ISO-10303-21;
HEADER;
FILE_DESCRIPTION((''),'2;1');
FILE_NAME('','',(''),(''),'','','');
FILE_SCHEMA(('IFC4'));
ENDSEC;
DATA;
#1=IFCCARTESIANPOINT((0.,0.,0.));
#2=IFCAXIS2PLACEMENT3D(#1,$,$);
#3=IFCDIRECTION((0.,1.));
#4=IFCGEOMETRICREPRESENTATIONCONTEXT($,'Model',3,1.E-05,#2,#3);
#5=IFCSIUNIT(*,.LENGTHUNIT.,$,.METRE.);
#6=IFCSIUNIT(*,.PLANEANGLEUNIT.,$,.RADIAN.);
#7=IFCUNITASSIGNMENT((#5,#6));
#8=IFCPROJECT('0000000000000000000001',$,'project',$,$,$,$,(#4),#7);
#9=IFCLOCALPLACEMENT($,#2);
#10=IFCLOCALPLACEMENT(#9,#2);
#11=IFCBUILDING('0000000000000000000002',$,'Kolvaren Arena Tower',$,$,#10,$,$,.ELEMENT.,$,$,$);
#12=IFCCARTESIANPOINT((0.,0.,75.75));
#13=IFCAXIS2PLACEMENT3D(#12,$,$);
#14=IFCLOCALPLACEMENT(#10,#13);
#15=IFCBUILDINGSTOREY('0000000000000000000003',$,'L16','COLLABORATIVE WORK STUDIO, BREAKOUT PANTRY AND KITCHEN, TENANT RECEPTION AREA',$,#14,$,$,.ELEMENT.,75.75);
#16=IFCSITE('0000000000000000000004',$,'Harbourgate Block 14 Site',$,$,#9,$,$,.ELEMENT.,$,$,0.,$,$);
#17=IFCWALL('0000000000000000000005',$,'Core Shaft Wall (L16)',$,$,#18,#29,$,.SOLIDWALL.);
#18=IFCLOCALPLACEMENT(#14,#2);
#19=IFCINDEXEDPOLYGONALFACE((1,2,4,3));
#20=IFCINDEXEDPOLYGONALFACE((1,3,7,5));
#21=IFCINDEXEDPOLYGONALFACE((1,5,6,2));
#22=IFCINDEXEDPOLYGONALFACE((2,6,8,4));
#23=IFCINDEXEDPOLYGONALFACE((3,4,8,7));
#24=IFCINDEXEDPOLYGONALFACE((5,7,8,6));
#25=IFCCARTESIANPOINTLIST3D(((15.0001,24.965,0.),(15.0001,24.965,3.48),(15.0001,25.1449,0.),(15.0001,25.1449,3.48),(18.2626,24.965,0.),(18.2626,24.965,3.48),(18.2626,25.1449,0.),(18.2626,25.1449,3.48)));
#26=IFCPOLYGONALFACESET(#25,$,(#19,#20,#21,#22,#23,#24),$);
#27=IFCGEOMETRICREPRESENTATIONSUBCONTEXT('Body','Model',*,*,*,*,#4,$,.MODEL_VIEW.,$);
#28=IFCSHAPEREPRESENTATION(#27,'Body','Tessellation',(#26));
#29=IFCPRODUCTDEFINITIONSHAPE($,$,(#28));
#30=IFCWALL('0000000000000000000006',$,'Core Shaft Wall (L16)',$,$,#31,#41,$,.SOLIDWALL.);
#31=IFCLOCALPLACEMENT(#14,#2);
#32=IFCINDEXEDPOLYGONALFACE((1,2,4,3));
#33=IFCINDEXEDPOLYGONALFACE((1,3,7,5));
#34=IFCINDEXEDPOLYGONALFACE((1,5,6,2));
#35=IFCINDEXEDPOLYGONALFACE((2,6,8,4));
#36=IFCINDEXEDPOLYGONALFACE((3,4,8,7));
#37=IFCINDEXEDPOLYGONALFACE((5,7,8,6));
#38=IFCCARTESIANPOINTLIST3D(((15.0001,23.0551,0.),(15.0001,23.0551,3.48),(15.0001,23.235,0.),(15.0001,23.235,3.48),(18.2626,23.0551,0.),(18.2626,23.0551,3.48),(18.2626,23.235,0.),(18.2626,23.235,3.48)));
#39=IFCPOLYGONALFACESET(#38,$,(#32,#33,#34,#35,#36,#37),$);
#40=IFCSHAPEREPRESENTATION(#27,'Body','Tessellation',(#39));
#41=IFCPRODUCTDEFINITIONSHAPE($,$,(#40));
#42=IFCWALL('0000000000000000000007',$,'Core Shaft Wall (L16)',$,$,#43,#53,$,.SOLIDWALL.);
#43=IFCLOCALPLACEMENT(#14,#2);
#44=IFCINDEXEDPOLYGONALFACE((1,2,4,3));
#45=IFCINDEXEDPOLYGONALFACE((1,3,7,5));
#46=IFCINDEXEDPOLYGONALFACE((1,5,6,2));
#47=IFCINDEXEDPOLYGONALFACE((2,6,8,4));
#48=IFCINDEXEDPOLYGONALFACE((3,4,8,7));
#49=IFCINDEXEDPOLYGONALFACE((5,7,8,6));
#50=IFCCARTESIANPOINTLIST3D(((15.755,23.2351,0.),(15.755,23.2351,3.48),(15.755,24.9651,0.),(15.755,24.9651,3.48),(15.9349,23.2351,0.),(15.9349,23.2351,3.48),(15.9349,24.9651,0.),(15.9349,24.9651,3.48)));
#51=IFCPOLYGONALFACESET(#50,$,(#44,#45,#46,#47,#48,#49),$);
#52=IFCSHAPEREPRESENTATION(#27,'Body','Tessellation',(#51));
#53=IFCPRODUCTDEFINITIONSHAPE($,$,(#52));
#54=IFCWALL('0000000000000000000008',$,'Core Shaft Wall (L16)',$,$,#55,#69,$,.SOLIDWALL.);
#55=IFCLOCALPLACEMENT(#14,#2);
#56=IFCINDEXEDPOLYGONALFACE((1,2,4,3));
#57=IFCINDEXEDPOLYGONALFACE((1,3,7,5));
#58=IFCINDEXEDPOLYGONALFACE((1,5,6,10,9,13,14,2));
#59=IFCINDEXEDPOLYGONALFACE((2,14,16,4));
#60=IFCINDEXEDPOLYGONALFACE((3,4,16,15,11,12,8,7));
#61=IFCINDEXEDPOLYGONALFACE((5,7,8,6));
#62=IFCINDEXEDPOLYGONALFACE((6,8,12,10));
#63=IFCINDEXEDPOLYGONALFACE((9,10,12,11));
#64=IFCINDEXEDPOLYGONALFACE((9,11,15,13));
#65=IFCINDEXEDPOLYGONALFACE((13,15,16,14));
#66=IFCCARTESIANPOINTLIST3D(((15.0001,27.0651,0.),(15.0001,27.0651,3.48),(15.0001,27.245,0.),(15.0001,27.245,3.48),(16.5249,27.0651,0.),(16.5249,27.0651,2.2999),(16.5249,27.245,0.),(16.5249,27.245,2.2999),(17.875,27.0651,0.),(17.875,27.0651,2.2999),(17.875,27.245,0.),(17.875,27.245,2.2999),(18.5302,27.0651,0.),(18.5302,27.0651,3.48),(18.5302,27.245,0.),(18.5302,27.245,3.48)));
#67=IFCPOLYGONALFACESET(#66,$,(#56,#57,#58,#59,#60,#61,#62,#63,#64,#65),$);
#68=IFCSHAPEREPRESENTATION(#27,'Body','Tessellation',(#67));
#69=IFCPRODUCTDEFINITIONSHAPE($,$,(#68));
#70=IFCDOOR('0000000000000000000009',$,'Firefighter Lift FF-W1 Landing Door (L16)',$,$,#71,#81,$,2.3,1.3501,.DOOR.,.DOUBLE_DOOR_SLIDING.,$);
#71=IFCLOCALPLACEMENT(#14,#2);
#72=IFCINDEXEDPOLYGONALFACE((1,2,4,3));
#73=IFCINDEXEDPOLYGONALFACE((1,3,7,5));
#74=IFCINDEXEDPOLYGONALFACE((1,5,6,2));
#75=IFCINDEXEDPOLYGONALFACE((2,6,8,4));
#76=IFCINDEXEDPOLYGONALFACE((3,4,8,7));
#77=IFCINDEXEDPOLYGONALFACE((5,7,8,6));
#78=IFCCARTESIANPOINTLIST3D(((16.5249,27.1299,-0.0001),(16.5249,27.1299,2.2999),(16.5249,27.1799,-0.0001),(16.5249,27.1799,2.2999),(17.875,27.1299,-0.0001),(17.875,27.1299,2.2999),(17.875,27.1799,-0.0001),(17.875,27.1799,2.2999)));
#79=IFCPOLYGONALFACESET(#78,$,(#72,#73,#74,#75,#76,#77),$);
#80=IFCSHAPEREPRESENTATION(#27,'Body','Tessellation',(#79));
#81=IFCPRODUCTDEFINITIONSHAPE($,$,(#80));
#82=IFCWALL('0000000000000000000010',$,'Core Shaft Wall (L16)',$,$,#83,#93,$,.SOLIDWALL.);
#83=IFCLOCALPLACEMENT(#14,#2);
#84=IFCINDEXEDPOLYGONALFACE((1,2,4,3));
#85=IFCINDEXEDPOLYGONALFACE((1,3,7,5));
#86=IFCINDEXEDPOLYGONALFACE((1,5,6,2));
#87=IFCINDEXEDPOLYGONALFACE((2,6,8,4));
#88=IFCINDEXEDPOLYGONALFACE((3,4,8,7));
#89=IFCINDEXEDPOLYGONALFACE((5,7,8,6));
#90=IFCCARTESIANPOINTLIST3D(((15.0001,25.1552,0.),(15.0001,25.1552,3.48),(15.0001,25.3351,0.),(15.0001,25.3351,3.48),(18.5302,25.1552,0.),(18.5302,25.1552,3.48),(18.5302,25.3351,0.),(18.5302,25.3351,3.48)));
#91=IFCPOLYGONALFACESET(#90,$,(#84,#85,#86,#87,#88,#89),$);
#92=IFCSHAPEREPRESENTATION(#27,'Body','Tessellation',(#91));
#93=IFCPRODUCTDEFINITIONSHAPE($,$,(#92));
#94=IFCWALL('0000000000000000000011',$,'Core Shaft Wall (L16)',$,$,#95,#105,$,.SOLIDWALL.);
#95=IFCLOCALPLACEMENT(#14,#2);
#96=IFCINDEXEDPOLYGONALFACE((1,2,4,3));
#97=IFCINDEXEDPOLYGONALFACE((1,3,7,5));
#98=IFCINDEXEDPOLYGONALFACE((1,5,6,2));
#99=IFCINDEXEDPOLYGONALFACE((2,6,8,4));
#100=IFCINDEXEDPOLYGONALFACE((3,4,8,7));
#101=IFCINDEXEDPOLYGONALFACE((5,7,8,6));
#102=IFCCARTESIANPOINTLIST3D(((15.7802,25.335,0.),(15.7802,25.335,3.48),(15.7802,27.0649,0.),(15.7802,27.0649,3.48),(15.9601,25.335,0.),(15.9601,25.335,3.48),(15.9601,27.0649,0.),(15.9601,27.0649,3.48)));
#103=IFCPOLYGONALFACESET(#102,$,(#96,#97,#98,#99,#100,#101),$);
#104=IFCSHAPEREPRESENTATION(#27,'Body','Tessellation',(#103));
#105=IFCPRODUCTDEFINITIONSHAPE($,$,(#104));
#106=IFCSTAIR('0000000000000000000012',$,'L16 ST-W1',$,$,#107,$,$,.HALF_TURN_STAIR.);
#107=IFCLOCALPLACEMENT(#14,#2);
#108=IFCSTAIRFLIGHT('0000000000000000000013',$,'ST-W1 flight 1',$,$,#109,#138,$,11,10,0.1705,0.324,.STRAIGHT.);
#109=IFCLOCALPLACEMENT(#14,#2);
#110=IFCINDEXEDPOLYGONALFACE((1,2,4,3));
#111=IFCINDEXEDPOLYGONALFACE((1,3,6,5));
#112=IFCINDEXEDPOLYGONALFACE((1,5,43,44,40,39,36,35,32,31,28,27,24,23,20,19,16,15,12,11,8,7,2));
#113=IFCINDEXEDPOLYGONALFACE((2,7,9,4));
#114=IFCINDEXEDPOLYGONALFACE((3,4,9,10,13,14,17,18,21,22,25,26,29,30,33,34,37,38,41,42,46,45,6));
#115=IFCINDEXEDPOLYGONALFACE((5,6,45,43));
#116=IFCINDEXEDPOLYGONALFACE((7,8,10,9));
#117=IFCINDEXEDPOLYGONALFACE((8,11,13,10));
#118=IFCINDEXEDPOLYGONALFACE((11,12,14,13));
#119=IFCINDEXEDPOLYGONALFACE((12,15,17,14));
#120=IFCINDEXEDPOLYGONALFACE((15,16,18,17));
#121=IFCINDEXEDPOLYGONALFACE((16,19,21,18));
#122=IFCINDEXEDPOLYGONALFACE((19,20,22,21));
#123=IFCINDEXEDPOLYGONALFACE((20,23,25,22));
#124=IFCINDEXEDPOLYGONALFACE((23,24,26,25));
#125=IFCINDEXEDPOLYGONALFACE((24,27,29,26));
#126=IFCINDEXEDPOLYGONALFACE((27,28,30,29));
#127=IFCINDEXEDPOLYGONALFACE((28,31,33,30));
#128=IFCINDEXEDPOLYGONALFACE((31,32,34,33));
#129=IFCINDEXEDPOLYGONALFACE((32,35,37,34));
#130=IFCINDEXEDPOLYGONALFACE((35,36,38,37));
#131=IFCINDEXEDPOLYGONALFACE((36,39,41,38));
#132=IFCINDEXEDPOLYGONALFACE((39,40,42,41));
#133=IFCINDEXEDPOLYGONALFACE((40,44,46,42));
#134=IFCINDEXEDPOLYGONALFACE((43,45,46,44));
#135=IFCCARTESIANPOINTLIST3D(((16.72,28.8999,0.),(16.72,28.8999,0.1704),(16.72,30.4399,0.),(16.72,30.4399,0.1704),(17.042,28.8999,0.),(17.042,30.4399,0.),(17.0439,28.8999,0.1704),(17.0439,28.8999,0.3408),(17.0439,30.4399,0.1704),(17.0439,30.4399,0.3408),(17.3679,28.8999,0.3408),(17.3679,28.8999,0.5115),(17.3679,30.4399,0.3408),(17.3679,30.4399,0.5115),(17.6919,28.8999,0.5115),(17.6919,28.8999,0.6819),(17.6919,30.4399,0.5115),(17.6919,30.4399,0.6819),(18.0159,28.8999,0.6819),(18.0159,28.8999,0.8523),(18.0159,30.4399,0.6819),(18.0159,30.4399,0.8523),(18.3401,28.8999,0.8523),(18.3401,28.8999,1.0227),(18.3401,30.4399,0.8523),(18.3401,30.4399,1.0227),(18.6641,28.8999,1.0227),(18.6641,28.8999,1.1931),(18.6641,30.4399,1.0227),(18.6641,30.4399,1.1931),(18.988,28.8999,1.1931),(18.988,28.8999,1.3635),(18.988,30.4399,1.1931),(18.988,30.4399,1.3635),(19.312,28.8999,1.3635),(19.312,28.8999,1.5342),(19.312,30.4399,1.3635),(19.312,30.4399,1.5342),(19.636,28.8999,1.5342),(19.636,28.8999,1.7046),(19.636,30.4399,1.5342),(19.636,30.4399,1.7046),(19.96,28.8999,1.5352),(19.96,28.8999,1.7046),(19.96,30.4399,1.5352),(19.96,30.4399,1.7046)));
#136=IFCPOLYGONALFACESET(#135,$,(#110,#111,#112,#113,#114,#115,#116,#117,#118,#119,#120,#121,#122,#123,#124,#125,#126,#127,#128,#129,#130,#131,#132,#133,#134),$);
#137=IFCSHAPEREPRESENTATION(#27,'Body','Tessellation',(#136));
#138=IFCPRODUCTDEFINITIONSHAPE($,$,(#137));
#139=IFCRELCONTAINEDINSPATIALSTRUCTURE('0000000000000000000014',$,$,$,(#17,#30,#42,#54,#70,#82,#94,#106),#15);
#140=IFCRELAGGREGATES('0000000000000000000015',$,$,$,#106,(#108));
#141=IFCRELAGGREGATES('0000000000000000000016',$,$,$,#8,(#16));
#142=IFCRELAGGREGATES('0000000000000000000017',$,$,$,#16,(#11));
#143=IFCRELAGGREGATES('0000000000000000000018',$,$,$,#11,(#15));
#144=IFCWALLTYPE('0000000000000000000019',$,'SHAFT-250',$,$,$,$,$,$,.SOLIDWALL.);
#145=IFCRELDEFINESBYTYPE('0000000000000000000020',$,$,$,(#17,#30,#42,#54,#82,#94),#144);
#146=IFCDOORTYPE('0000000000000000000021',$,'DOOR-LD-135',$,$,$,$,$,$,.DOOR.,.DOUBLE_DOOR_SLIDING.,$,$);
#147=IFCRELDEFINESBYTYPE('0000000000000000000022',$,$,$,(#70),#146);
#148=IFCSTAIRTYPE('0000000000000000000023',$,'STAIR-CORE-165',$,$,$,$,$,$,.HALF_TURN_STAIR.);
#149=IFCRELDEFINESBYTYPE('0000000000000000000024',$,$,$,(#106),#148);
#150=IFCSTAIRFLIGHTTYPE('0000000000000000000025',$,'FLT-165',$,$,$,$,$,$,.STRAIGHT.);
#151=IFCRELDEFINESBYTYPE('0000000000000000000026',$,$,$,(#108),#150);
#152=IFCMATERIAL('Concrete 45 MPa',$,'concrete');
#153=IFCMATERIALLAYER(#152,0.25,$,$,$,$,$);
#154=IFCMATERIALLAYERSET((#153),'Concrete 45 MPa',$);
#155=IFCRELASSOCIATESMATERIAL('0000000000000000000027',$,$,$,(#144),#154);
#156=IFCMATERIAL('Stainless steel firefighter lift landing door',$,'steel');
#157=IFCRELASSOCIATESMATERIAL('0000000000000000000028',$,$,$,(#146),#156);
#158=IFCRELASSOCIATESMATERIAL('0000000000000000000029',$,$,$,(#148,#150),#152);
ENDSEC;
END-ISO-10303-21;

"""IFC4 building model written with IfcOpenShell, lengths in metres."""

from ifc_helpers import new_model, si_unit, direction, frame, frame_2d, origin, place, context, subcontext, project, spatial, polyline, rectangle, outline, extrude, material, layer, layer_set, type_object, element, fill, aggregate, save


model = new_model("IFC4")

# Units and contexts
model_context = context("Model", 3, precision=1e-05, world=origin(), true_north=direction((0.0, 1.0)))
body_context = subcontext(model_context, "Body", "Model", "MODEL_VIEW")
ifc_project = project(units=[si_unit("LENGTHUNIT", "METRE"), si_unit("PLANEANGLEUNIT", "RADIAN")], contexts=[model_context])

# Site, building, storey
site_placement = place(None, origin())
site = spatial("IfcSite", under=ifc_project, at=site_placement, Name="Harbourgate Block 14 Site", CompositionType="ELEMENT", RefElevation=0.0)
building_placement = place(site_placement, origin())
building = spatial("IfcBuilding", under=site, at=building_placement, Name="Kolvaren Arena Tower", CompositionType="ELEMENT")
storey_placement = place(building_placement, frame((0.0, 0.0, 75.75)))
storey = spatial("IfcBuildingStorey", under=building, at=storey_placement, Name="L16", Description="COLLABORATIVE WORK STUDIO, BREAKOUT PANTRY AND KITCHEN, TENANT RECEPTION AREA", CompositionType="ELEMENT", Elevation=75.75)

# Walls
ifc_material_1 = material(Name="Concrete 45 MPa", Category="concrete")
ifc_layer = layer(ifc_material_1, 0.25)
ifc_layer_set = layer_set([ifc_layer], Name="Concrete 45 MPa")
wall_type = type_object("IfcWallType", Name="SHAFT-250", PredefinedType="SOLIDWALL", material=ifc_layer_set)
for number, where, z_axis, x_axis, name in (
    (1, (15.0, 25.0549, 0.0), (0.0, 0.0, 1.0), (1.0, 0.0, 0.0), "Core Shaft Wall (L16)"),
    (2, (15.0, 23.145, 0.0), (0.0, 0.0, 1.0), (1.0, 0.0, 0.0), "Core Shaft Wall (L16)"),
):
    element("IfcWall", number, at=place(storey_placement, frame(where, z_axis=z_axis, x_axis=x_axis)), inside=storey, type_object=wall_type, Name=name, PredefinedType="SOLIDWALL", context=body_context, shape_type="SweptSolid", body=[
        extrude(rectangle(XDim=3.2625, YDim=0.1799, at=frame_2d((1.6313, 0.0))), origin(), (0.0, 0.0, 1.0), 3.48),
    ])
wall_1_placement = place(storey_placement, frame((15.845, 23.2351, 0.0), z_axis=(0.0, 0.0, 1.0), x_axis=(0.0, 1.0, 0.0)))
element("IfcWall", 3, at=wall_1_placement, inside=storey, type_object=wall_type, Name="Core Shaft Wall (L16)", PredefinedType="SOLIDWALL", context=body_context, shape_type="SweptSolid", body=[
    extrude(rectangle(XDim=1.73, YDim=0.1799, at=frame_2d((0.865, 0.0))), origin(), (0.0, 0.0, 1.0), 3.48),
])

# Wall, opening, door
wall_2_placement = place(storey_placement, frame((15.0, 27.155, 0.0), z_axis=(0.0, 0.0, 1.0), x_axis=(1.0, 0.0, 0.0)))
wall_2 = element("IfcWall", 4, at=wall_2_placement, inside=storey, type_object=wall_type, Name="Core Shaft Wall (L16)", PredefinedType="SOLIDWALL", context=body_context, shape_type="SweptSolid", body=[
    extrude(rectangle(XDim=3.53, YDim=0.1799, at=frame_2d((1.7651, 0.0))), origin(), (0.0, 0.0, 1.0), 3.48),
])
opening_placement = place(wall_2_placement, frame((1.5249, 0.0, 0.0)))
opening = element("IfcOpeningElement", 5, at=opening_placement, cuts=wall_2, PredefinedType="OPENING", context=body_context, shape_type="SweptSolid", body=[
    extrude(rectangle(XDim=1.3501, YDim=2.3, at=frame_2d((0.675, 1.1499))), frame((0.0, 0.0999, 0.0), z_axis=(0.0, -1.0, 0.0), x_axis=(1.0, 0.0, 0.0)), (0.0, 0.0, 1.0), 0.2),
])
ifc_material_2 = material(Name="Stainless steel firefighter lift landing door", Category="steel")
door_type = type_object("IfcDoorType", Name="DOOR-LD-135", OperationType="DOUBLE_DOOR_SLIDING", PredefinedType="DOOR", material=ifc_material_2)
door_placement = place(opening_placement, origin())
door = element("IfcDoor", 6, at=door_placement, inside=storey, type_object=door_type, Name="Firefighter Lift FF-W1 Landing Door (L16)", OperationType="DOUBLE_DOOR_SLIDING", OverallHeight=2.3, OverallWidth=1.3501, PredefinedType="DOOR", context=body_context, shape_type="SweptSolid", body=[
    extrude(rectangle(XDim=1.3501, YDim=2.3, at=frame_2d((0.675, 1.1499))), frame((0.0, 0.0249, 0.0), z_axis=(0.0, -1.0, 0.0), x_axis=(1.0, 0.0, 0.0)), (0.0, 0.0, 1.0), 0.05),
])
fill(opening, door)

# Walls
wall_3_placement = place(storey_placement, frame((15.0, 25.2451, 0.0), z_axis=(0.0, 0.0, 1.0), x_axis=(1.0, 0.0, 0.0)))
element("IfcWall", 7, at=wall_3_placement, inside=storey, type_object=wall_type, Name="Core Shaft Wall (L16)", PredefinedType="SOLIDWALL", context=body_context, shape_type="SweptSolid", body=[
    extrude(rectangle(XDim=3.53, YDim=0.1799, at=frame_2d((1.7651, 0.0))), origin(), (0.0, 0.0, 1.0), 3.48),
])
wall_4_placement = place(storey_placement, frame((15.8701, 25.335, 0.0), z_axis=(0.0, 0.0, 1.0), x_axis=(0.0, 1.0, 0.0)))
element("IfcWall", 8, at=wall_4_placement, inside=storey, type_object=wall_type, Name="Core Shaft Wall (L16)", PredefinedType="SOLIDWALL", context=body_context, shape_type="SweptSolid", body=[
    extrude(rectangle(XDim=1.73, YDim=0.1799, at=frame_2d((0.865, 0.0))), origin(), (0.0, 0.0, 1.0), 3.48),
])

# Stair, stair flight
stair_type = type_object("IfcStairType", Name="STAIR-CORE-165", PredefinedType="HALF_TURN_STAIR", material=ifc_material_1)
stair_placement = place(storey_placement, origin())
stair = element("IfcStair", 9, at=stair_placement, inside=storey, type_object=stair_type, Name="L16 ST-W1", PredefinedType="HALF_TURN_STAIR")
stair_flight_type = type_object("IfcStairFlightType", Name="FLT-165", PredefinedType="STRAIGHT", material=ifc_material_1)
stair_flight_placement = place(storey_placement, frame((16.72, 29.6699, 0.0), z_axis=(0.0, 0.0, 1.0), x_axis=(1.0, 0.0, 0.0)))
stair_flight = element("IfcStairFlight", 10, at=stair_flight_placement, type_object=stair_flight_type, Name="ST-W1 flight 1", NumberOfRisers=11, NumberOfTreads=10, PredefinedType="STRAIGHT", RiserHeight=0.1705, TreadLength=0.324, context=body_context, shape_type="SweptSolid", body=[
    extrude(outline(polyline([(0.0, 0.0), (0.0, 0.1704), (0.324, 0.1704), (0.324, 0.3408), (0.6479, 0.3408), (0.6479, 0.5115), (0.9719, 0.5115), (0.9719, 0.6819), (1.2959, 0.6819), (1.2959, 0.8523), (1.6201, 0.8523), (1.6201, 1.0227), (1.9441, 1.0227), (1.9441, 1.1931), (2.2681, 1.1931), (2.2681, 1.3635), (2.592, 1.3635), (2.592, 1.5342), (2.916, 1.5342), (2.916, 1.7046), (3.24, 1.7046), (3.24, 1.875), (3.24, 1.5352), (0.322, 0.0), (0.0, 0.0)])), frame((0.0, 0.77, 0.0), z_axis=(0.0, -1.0, 0.0), x_axis=(1.0, 0.0, 0.0)), (0.0, 0.0, 1.0), 1.54),
])
aggregate(stair, [stair_flight])

save(model, "model.ifc")
